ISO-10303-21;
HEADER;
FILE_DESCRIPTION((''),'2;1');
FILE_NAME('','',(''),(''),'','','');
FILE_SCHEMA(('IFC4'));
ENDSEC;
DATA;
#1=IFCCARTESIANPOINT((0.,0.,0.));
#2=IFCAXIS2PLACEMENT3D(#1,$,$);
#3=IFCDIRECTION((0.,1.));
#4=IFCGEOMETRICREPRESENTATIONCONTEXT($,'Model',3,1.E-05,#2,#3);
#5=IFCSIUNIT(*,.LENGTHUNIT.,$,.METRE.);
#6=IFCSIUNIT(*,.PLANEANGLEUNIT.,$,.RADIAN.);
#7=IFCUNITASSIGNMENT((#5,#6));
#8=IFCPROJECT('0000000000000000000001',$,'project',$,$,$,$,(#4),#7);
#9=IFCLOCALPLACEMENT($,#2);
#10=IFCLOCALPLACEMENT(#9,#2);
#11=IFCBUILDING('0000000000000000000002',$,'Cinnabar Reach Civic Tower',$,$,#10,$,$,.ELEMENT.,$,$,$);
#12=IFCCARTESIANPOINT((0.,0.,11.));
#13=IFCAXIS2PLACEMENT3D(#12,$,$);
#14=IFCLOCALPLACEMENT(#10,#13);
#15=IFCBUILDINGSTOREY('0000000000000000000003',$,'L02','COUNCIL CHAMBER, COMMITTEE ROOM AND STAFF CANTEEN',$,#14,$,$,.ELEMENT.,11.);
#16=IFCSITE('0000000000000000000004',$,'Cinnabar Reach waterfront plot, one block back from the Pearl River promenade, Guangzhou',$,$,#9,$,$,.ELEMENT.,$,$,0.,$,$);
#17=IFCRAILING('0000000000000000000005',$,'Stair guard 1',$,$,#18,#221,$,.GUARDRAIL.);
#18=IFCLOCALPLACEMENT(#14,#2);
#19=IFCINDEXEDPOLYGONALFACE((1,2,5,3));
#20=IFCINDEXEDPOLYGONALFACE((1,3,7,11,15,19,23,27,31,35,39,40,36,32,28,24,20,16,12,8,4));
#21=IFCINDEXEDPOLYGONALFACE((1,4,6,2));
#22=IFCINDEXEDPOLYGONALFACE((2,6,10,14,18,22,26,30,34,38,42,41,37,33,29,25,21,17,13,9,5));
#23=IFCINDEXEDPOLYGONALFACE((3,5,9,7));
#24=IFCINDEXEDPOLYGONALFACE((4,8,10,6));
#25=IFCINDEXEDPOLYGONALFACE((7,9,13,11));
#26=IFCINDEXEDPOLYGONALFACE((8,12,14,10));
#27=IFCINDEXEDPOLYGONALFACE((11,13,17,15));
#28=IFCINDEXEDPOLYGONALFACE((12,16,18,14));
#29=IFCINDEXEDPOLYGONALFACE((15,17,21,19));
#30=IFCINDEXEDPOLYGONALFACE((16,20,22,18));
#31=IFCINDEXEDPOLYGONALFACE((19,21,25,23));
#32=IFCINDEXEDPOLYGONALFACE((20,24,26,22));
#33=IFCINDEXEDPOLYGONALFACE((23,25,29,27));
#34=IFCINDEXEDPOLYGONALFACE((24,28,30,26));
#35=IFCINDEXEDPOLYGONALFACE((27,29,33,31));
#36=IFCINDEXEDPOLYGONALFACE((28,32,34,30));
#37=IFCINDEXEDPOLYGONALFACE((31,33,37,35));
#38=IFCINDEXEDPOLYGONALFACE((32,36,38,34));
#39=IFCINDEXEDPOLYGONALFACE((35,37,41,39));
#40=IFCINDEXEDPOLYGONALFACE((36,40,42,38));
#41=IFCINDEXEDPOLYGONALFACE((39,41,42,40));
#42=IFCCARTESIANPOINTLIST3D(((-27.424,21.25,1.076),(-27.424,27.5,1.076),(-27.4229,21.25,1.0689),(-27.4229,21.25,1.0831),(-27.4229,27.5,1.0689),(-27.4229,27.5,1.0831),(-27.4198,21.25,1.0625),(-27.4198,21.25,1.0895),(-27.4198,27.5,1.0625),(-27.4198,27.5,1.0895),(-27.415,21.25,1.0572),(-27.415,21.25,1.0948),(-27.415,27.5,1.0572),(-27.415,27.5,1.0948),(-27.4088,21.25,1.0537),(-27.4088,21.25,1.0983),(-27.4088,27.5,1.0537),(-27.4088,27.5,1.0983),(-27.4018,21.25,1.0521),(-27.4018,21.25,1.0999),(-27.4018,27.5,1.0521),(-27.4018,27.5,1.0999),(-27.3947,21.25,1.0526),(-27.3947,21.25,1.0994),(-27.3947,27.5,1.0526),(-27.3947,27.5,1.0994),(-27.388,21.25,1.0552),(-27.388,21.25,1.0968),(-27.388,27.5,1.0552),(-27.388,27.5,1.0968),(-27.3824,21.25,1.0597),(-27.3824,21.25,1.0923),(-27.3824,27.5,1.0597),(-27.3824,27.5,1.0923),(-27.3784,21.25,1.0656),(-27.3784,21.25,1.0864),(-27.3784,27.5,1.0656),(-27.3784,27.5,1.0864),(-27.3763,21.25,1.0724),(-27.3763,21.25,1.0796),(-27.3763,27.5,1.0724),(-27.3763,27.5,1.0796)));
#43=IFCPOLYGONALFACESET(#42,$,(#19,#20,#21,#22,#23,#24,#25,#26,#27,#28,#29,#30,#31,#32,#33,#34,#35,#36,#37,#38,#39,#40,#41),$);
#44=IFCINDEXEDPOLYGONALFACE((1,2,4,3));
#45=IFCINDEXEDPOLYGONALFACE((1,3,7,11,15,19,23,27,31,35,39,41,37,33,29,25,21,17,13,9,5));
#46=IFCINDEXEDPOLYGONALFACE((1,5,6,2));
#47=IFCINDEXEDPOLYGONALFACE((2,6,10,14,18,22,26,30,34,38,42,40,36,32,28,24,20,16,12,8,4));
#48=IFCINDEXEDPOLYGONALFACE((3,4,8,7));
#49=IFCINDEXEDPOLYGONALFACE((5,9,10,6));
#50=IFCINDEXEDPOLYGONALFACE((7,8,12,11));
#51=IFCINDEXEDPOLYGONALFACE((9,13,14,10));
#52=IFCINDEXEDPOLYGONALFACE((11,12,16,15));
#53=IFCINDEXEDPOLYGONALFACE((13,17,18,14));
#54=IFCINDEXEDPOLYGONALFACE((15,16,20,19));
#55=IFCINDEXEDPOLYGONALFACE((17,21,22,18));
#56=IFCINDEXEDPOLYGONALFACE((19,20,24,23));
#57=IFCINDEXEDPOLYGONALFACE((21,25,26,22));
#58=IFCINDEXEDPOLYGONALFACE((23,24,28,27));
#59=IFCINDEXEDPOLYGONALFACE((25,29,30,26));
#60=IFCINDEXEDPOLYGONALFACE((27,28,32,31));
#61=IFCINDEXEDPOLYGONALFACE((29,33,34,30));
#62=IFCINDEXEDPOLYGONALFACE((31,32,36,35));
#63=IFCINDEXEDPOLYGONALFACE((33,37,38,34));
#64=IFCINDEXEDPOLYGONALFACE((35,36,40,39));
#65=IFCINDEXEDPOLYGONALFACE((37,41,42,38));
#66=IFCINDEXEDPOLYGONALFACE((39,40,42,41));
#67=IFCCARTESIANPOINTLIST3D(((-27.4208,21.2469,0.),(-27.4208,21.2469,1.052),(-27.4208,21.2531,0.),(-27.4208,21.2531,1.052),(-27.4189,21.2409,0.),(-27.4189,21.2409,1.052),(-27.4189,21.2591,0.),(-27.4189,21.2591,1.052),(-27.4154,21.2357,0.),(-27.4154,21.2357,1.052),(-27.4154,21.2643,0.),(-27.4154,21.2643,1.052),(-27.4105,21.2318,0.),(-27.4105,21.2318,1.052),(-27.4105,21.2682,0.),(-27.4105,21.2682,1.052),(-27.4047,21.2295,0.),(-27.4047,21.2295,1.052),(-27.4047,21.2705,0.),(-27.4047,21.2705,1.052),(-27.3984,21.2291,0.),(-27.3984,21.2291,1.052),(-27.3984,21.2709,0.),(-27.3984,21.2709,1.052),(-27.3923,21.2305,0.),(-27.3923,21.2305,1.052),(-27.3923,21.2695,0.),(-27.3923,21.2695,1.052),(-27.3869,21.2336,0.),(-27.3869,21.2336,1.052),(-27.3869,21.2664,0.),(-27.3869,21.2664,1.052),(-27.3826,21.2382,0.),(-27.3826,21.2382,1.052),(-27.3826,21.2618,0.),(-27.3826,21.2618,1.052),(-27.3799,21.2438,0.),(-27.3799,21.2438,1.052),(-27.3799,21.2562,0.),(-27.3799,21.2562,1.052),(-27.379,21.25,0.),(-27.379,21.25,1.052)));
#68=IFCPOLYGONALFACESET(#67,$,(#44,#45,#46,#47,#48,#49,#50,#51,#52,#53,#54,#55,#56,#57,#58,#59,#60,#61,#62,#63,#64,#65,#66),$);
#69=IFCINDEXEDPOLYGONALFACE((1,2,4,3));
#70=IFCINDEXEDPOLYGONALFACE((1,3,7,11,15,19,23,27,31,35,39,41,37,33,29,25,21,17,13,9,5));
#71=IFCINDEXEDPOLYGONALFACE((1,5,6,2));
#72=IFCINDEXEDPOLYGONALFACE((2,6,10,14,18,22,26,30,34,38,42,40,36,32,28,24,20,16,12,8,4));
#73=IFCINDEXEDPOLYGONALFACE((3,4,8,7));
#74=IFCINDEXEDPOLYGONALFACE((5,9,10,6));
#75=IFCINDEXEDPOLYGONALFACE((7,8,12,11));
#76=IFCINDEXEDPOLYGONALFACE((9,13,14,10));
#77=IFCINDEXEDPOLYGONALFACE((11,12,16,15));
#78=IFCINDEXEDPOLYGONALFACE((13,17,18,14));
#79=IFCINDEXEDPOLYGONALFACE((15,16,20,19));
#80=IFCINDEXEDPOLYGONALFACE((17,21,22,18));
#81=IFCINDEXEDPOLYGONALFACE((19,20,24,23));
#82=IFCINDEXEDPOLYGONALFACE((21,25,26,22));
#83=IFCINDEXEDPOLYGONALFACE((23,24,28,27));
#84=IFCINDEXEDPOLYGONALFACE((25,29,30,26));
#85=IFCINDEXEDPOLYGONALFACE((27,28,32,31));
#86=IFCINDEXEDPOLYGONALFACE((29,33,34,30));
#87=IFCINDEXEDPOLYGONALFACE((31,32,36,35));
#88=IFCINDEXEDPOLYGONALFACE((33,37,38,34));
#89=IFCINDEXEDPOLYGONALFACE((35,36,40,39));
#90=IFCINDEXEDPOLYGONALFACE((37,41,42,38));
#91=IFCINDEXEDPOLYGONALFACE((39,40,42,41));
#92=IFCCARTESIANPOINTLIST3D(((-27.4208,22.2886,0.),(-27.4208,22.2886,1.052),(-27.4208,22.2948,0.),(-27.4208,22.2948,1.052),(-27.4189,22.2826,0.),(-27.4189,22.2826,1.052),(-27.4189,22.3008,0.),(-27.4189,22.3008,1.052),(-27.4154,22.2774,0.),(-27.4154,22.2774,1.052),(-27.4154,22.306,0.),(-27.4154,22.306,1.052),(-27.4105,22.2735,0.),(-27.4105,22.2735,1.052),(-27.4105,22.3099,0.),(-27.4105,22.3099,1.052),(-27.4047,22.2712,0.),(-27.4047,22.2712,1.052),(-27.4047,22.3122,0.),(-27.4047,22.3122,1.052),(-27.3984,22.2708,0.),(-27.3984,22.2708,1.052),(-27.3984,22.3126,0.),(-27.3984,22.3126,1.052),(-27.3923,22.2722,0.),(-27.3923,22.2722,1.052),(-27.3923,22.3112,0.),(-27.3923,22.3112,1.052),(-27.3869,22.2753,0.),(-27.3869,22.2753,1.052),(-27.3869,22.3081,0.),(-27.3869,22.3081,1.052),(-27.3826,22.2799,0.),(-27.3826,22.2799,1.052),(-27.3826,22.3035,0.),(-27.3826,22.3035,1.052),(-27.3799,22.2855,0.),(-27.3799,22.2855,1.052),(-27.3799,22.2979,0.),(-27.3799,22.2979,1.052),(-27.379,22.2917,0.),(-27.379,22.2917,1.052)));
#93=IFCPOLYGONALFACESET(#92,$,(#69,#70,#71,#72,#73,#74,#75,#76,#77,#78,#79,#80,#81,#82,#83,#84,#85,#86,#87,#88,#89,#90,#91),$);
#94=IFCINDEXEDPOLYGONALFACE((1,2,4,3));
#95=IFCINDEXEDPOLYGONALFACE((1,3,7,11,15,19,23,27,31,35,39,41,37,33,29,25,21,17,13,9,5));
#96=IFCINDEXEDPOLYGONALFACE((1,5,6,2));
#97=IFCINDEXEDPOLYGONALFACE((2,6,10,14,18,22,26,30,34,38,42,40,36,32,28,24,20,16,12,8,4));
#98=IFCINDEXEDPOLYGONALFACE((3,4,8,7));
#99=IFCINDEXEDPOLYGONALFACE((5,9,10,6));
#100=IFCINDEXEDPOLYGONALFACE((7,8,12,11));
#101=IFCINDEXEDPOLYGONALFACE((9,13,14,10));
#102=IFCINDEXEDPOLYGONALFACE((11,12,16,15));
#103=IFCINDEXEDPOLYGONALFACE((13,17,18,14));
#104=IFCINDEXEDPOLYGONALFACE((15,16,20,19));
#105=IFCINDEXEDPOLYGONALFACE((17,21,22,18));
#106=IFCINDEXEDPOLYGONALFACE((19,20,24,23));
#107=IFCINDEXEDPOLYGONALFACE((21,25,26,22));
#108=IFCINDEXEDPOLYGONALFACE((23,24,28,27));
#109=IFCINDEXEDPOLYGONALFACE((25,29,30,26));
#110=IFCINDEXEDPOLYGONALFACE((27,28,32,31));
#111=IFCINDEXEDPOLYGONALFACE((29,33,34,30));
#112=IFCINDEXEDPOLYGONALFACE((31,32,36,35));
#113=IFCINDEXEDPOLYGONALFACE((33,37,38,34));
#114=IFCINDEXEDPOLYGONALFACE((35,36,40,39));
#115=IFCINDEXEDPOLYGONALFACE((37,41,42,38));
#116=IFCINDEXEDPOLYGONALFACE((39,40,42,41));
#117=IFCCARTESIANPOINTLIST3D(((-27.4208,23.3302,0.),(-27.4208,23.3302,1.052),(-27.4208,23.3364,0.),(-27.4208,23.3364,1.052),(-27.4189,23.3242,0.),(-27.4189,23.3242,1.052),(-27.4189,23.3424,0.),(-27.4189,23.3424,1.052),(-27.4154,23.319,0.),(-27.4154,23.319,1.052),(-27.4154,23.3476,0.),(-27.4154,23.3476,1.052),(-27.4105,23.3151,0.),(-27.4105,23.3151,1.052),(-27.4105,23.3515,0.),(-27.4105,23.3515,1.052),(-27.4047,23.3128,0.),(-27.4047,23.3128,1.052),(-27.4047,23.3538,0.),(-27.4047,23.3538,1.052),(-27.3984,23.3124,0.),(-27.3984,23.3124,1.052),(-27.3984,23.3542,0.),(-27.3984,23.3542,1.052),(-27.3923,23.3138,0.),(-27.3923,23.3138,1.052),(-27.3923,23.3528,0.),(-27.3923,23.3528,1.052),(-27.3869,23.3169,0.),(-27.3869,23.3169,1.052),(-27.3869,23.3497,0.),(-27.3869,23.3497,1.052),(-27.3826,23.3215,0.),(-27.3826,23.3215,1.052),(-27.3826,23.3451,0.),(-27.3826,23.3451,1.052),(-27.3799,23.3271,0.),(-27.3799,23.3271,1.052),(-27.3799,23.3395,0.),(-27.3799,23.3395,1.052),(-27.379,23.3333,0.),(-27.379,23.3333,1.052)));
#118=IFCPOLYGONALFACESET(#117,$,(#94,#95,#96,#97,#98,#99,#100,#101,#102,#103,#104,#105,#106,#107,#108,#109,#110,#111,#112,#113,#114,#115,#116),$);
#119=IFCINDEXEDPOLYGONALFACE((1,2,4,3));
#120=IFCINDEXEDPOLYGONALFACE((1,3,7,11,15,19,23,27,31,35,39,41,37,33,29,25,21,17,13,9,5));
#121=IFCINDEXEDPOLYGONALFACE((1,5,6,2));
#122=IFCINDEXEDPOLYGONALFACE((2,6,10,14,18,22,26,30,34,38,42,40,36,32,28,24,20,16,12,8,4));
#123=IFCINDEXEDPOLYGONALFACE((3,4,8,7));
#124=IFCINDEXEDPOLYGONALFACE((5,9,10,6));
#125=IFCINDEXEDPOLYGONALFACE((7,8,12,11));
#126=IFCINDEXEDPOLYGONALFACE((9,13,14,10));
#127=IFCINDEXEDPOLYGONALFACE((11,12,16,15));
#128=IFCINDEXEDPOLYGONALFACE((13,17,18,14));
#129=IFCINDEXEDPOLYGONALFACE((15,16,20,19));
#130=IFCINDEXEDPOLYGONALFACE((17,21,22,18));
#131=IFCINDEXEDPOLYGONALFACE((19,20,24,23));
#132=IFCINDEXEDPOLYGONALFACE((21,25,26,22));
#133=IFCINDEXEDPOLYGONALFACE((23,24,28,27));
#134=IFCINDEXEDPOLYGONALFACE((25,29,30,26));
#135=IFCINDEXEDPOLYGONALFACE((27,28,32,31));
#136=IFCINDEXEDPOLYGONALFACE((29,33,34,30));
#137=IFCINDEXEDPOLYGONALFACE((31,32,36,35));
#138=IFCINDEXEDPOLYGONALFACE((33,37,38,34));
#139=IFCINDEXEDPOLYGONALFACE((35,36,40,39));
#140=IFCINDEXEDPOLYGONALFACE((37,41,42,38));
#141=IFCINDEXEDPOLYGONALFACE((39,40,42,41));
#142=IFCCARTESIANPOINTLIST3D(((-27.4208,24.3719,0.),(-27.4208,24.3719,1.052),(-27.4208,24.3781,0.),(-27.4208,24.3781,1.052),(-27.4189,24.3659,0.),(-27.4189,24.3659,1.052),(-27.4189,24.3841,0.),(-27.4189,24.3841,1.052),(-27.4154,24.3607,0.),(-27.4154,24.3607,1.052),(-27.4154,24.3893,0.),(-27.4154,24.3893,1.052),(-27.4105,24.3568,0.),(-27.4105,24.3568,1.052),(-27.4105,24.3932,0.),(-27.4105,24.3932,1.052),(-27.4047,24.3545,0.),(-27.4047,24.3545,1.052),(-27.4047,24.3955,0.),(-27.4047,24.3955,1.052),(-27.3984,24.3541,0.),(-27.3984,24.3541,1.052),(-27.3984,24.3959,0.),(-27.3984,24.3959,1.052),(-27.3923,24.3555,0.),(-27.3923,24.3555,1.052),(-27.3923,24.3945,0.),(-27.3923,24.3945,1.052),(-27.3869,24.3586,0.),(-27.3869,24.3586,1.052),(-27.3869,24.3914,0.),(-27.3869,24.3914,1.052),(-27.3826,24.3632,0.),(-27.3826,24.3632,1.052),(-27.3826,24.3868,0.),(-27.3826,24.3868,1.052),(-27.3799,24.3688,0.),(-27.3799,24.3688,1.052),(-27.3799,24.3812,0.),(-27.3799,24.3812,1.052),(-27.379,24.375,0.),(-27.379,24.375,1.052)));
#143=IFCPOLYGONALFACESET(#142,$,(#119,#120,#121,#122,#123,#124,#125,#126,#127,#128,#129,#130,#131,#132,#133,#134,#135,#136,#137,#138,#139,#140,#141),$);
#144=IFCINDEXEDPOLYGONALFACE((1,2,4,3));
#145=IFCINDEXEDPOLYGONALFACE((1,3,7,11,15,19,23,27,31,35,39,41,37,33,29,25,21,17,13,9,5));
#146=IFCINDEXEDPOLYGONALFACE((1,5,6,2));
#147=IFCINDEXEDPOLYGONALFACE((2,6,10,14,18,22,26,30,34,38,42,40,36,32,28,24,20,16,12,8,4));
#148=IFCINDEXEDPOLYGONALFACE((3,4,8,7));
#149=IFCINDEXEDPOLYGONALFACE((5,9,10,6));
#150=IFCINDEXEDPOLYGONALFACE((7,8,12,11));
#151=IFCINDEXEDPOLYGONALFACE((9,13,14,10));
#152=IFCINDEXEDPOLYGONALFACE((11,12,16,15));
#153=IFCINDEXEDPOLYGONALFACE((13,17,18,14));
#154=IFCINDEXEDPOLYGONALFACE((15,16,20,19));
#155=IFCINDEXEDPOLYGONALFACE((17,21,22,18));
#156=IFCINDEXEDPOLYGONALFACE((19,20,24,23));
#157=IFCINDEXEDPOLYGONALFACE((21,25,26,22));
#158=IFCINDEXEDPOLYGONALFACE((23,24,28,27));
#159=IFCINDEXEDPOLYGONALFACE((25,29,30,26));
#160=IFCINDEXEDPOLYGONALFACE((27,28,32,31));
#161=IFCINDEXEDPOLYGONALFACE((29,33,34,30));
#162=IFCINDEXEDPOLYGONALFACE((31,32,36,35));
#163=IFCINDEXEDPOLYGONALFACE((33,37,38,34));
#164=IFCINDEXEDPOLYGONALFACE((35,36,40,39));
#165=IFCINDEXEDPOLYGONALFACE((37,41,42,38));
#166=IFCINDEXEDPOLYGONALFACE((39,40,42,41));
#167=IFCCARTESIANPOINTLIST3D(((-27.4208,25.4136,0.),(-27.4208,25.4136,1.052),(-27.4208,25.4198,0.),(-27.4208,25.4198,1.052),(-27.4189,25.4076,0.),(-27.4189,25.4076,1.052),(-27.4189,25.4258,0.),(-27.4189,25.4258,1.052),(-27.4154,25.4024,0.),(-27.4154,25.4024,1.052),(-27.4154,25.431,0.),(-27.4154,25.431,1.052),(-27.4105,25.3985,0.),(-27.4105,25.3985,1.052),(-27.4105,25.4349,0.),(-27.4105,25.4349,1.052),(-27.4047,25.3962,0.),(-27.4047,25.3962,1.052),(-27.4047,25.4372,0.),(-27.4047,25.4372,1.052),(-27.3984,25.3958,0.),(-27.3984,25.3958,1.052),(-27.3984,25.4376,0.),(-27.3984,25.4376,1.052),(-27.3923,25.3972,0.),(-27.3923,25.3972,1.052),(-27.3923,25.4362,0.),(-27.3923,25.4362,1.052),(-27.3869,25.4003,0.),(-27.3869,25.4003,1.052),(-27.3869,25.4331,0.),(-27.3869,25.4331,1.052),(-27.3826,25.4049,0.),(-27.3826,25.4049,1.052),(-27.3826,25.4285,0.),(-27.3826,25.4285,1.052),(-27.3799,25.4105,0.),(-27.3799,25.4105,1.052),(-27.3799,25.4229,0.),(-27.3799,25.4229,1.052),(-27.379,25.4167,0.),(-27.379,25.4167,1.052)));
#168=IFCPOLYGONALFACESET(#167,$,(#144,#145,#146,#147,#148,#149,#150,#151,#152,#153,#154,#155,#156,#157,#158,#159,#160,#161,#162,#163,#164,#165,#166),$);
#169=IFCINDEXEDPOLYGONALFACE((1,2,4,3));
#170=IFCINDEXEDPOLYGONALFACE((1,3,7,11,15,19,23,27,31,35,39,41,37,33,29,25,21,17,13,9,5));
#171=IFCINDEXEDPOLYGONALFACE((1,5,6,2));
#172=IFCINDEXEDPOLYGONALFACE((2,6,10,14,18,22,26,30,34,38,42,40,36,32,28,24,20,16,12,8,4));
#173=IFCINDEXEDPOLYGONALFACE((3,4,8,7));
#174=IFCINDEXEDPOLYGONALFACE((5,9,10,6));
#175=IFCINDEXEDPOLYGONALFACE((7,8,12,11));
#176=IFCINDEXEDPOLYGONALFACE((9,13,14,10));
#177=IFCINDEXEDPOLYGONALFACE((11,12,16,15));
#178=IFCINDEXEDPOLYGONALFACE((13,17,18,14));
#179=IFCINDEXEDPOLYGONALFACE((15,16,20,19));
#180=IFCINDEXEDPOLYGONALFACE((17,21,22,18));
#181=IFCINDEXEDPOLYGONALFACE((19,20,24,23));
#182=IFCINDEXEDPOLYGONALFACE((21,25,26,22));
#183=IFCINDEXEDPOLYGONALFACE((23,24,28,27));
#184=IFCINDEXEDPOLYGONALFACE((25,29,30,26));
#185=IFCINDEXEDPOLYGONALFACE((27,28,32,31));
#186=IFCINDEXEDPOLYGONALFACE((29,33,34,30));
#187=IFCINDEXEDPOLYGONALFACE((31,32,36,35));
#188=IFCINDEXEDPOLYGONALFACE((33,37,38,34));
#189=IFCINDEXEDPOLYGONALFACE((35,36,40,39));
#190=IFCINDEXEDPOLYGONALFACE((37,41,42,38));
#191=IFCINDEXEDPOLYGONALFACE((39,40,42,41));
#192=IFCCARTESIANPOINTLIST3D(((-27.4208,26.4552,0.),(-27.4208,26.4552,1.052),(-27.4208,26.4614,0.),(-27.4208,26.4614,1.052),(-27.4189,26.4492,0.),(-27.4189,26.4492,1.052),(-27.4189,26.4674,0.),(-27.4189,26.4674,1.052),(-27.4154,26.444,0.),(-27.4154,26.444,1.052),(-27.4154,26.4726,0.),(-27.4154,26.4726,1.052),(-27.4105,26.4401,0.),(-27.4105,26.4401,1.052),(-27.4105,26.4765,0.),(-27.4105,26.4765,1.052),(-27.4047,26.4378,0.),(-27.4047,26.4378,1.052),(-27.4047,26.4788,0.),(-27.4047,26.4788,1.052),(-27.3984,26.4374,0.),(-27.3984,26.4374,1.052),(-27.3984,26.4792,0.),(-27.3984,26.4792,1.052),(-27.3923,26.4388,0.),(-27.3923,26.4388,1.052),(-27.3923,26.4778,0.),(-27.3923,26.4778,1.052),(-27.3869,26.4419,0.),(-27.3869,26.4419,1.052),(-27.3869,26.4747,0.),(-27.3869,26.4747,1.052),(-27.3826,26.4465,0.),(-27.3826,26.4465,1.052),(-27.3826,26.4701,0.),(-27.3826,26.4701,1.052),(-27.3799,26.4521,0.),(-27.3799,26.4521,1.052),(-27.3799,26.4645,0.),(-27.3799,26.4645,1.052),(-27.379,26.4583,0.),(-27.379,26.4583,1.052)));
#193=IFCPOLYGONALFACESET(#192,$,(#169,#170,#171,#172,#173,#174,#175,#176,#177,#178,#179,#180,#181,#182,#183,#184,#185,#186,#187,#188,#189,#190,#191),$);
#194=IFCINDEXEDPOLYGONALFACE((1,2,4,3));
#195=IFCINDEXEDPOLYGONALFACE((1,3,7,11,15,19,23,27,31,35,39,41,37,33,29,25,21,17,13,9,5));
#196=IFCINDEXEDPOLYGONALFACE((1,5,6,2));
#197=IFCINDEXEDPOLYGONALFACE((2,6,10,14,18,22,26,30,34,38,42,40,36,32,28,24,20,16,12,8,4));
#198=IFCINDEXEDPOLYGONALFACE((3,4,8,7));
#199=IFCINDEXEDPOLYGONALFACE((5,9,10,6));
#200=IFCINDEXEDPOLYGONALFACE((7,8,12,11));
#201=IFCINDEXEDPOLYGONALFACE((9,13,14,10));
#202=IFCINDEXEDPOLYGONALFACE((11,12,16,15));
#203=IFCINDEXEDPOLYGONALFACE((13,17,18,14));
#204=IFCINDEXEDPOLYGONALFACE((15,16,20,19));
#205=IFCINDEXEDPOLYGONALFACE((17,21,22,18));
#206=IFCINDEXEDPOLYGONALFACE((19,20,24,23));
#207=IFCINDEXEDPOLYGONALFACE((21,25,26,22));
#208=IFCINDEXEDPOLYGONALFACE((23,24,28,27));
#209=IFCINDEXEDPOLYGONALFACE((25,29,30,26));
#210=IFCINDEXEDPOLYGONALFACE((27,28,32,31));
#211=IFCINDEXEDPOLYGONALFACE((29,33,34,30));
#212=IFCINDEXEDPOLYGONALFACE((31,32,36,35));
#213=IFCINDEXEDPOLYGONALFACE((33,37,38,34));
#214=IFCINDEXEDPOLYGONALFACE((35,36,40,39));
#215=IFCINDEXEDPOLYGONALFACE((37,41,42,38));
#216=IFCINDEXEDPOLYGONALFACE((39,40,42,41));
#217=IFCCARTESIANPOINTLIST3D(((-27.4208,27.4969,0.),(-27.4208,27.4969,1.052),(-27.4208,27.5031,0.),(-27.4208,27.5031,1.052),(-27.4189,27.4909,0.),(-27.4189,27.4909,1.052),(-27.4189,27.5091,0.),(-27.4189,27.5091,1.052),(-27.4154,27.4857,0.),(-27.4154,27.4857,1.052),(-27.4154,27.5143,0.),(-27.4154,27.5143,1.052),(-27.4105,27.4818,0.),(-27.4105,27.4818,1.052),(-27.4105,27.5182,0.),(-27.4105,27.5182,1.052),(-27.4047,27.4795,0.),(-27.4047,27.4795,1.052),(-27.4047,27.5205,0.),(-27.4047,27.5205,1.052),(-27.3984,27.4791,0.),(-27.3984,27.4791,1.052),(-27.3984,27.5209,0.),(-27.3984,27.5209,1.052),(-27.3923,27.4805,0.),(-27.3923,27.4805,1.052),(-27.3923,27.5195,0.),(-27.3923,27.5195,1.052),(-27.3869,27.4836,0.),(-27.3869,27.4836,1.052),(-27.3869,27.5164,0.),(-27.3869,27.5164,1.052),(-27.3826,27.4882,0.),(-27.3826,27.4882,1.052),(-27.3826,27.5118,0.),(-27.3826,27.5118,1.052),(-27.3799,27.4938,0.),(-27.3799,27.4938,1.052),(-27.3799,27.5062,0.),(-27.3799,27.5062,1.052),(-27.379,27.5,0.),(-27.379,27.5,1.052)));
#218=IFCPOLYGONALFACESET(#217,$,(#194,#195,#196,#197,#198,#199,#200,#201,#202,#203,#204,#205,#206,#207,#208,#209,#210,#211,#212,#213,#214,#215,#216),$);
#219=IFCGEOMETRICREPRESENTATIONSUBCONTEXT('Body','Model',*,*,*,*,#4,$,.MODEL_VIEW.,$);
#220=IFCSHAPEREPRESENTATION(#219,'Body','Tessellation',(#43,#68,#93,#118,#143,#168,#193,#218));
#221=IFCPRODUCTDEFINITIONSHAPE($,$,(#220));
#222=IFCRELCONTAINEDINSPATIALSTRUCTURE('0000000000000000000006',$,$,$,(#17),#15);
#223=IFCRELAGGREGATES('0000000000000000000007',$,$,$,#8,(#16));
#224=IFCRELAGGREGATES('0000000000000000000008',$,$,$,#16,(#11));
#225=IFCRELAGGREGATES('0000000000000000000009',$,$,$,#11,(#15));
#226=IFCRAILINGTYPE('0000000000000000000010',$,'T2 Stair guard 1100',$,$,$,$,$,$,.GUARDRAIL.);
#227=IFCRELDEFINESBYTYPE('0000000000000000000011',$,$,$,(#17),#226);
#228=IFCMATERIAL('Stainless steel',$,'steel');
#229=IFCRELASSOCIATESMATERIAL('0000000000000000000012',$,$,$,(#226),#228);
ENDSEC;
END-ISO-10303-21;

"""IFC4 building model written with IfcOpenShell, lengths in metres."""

from ifc_helpers import new_model, si_unit, direction, frame, origin, origin_2d, place, context, subcontext, project, spatial, circle, extrude, material, type_object, element, save


model = new_model("IFC4")

# Units and contexts
model_context = context("Model", 3, precision=1e-05, world=origin(), true_north=direction((0.0, 1.0)))
body_context = subcontext(model_context, "Body", "Model", "MODEL_VIEW")
ifc_project = project(units=[si_unit("LENGTHUNIT", "METRE"), si_unit("PLANEANGLEUNIT", "RADIAN")], contexts=[model_context])

# Site, building, storey
site_placement = place(None, origin())
site = spatial("IfcSite", under=ifc_project, at=site_placement, Name="Cinnabar Reach waterfront plot, one block back from the Pearl River promenade, Guangzhou", CompositionType="ELEMENT", RefElevation=0.0)
building_placement = place(site_placement, origin())
building = spatial("IfcBuilding", under=site, at=building_placement, Name="Cinnabar Reach Civic Tower", CompositionType="ELEMENT")
storey_placement = place(building_placement, frame((0.0, 0.0, 11.0)))
storey = spatial("IfcBuildingStorey", under=building, at=storey_placement, Name="L02", Description="COUNCIL CHAMBER, COMMITTEE ROOM AND STAFF CANTEEN", CompositionType="ELEMENT", Elevation=11.0)

# Railing
ifc_material_1 = material(Name="Stainless steel", Category="steel")
railing_type = type_object("IfcRailingType", Name="T2 Stair guard 1100", PredefinedType="GUARDRAIL", material=ifc_material_1)
for number, where, name in (
    (1, (-27.4, 21.25, 0.0), "Stair guard 1"),
):
    element("IfcRailing", number, at=place(storey_placement, frame(where)), inside=storey, type_object=railing_type, Name=name, PredefinedType="GUARDRAIL", context=body_context, shape_type="SweptSolid", body=[
        extrude(circle(Radius=0.024, at=origin_2d()), frame((0.0, 0.0, 1.076), z_axis=(0.0, 1.0, 0.0), x_axis=(-1.0, 0.0, 0.0)), (0.0, 0.0, 1.0), 6.25),
        extrude(circle(Radius=0.021, at=origin_2d()), origin(), (0.0, 0.0, 1.0), 1.052),
        extrude(circle(Radius=0.021, at=origin_2d()), frame((0.0, 1.0417, 0.0)), (0.0, 0.0, 1.0), 1.052),
        extrude(circle(Radius=0.021, at=origin_2d()), frame((0.0, 2.0833, 0.0)), (0.0, 0.0, 1.0), 1.052),
        extrude(circle(Radius=0.021, at=origin_2d()), frame((0.0, 3.125, 0.0)), (0.0, 0.0, 1.0), 1.052),
        extrude(circle(Radius=0.021, at=origin_2d()), frame((0.0, 4.1667, 0.0)), (0.0, 0.0, 1.0), 1.052),
        extrude(circle(Radius=0.021, at=origin_2d()), frame((0.0, 5.2083, 0.0)), (0.0, 0.0, 1.0), 1.052),
        extrude(circle(Radius=0.021, at=origin_2d()), frame((0.0, 6.25, 0.0)), (0.0, 0.0, 1.0), 1.052),
    ])

save(model, "model.ifc")
